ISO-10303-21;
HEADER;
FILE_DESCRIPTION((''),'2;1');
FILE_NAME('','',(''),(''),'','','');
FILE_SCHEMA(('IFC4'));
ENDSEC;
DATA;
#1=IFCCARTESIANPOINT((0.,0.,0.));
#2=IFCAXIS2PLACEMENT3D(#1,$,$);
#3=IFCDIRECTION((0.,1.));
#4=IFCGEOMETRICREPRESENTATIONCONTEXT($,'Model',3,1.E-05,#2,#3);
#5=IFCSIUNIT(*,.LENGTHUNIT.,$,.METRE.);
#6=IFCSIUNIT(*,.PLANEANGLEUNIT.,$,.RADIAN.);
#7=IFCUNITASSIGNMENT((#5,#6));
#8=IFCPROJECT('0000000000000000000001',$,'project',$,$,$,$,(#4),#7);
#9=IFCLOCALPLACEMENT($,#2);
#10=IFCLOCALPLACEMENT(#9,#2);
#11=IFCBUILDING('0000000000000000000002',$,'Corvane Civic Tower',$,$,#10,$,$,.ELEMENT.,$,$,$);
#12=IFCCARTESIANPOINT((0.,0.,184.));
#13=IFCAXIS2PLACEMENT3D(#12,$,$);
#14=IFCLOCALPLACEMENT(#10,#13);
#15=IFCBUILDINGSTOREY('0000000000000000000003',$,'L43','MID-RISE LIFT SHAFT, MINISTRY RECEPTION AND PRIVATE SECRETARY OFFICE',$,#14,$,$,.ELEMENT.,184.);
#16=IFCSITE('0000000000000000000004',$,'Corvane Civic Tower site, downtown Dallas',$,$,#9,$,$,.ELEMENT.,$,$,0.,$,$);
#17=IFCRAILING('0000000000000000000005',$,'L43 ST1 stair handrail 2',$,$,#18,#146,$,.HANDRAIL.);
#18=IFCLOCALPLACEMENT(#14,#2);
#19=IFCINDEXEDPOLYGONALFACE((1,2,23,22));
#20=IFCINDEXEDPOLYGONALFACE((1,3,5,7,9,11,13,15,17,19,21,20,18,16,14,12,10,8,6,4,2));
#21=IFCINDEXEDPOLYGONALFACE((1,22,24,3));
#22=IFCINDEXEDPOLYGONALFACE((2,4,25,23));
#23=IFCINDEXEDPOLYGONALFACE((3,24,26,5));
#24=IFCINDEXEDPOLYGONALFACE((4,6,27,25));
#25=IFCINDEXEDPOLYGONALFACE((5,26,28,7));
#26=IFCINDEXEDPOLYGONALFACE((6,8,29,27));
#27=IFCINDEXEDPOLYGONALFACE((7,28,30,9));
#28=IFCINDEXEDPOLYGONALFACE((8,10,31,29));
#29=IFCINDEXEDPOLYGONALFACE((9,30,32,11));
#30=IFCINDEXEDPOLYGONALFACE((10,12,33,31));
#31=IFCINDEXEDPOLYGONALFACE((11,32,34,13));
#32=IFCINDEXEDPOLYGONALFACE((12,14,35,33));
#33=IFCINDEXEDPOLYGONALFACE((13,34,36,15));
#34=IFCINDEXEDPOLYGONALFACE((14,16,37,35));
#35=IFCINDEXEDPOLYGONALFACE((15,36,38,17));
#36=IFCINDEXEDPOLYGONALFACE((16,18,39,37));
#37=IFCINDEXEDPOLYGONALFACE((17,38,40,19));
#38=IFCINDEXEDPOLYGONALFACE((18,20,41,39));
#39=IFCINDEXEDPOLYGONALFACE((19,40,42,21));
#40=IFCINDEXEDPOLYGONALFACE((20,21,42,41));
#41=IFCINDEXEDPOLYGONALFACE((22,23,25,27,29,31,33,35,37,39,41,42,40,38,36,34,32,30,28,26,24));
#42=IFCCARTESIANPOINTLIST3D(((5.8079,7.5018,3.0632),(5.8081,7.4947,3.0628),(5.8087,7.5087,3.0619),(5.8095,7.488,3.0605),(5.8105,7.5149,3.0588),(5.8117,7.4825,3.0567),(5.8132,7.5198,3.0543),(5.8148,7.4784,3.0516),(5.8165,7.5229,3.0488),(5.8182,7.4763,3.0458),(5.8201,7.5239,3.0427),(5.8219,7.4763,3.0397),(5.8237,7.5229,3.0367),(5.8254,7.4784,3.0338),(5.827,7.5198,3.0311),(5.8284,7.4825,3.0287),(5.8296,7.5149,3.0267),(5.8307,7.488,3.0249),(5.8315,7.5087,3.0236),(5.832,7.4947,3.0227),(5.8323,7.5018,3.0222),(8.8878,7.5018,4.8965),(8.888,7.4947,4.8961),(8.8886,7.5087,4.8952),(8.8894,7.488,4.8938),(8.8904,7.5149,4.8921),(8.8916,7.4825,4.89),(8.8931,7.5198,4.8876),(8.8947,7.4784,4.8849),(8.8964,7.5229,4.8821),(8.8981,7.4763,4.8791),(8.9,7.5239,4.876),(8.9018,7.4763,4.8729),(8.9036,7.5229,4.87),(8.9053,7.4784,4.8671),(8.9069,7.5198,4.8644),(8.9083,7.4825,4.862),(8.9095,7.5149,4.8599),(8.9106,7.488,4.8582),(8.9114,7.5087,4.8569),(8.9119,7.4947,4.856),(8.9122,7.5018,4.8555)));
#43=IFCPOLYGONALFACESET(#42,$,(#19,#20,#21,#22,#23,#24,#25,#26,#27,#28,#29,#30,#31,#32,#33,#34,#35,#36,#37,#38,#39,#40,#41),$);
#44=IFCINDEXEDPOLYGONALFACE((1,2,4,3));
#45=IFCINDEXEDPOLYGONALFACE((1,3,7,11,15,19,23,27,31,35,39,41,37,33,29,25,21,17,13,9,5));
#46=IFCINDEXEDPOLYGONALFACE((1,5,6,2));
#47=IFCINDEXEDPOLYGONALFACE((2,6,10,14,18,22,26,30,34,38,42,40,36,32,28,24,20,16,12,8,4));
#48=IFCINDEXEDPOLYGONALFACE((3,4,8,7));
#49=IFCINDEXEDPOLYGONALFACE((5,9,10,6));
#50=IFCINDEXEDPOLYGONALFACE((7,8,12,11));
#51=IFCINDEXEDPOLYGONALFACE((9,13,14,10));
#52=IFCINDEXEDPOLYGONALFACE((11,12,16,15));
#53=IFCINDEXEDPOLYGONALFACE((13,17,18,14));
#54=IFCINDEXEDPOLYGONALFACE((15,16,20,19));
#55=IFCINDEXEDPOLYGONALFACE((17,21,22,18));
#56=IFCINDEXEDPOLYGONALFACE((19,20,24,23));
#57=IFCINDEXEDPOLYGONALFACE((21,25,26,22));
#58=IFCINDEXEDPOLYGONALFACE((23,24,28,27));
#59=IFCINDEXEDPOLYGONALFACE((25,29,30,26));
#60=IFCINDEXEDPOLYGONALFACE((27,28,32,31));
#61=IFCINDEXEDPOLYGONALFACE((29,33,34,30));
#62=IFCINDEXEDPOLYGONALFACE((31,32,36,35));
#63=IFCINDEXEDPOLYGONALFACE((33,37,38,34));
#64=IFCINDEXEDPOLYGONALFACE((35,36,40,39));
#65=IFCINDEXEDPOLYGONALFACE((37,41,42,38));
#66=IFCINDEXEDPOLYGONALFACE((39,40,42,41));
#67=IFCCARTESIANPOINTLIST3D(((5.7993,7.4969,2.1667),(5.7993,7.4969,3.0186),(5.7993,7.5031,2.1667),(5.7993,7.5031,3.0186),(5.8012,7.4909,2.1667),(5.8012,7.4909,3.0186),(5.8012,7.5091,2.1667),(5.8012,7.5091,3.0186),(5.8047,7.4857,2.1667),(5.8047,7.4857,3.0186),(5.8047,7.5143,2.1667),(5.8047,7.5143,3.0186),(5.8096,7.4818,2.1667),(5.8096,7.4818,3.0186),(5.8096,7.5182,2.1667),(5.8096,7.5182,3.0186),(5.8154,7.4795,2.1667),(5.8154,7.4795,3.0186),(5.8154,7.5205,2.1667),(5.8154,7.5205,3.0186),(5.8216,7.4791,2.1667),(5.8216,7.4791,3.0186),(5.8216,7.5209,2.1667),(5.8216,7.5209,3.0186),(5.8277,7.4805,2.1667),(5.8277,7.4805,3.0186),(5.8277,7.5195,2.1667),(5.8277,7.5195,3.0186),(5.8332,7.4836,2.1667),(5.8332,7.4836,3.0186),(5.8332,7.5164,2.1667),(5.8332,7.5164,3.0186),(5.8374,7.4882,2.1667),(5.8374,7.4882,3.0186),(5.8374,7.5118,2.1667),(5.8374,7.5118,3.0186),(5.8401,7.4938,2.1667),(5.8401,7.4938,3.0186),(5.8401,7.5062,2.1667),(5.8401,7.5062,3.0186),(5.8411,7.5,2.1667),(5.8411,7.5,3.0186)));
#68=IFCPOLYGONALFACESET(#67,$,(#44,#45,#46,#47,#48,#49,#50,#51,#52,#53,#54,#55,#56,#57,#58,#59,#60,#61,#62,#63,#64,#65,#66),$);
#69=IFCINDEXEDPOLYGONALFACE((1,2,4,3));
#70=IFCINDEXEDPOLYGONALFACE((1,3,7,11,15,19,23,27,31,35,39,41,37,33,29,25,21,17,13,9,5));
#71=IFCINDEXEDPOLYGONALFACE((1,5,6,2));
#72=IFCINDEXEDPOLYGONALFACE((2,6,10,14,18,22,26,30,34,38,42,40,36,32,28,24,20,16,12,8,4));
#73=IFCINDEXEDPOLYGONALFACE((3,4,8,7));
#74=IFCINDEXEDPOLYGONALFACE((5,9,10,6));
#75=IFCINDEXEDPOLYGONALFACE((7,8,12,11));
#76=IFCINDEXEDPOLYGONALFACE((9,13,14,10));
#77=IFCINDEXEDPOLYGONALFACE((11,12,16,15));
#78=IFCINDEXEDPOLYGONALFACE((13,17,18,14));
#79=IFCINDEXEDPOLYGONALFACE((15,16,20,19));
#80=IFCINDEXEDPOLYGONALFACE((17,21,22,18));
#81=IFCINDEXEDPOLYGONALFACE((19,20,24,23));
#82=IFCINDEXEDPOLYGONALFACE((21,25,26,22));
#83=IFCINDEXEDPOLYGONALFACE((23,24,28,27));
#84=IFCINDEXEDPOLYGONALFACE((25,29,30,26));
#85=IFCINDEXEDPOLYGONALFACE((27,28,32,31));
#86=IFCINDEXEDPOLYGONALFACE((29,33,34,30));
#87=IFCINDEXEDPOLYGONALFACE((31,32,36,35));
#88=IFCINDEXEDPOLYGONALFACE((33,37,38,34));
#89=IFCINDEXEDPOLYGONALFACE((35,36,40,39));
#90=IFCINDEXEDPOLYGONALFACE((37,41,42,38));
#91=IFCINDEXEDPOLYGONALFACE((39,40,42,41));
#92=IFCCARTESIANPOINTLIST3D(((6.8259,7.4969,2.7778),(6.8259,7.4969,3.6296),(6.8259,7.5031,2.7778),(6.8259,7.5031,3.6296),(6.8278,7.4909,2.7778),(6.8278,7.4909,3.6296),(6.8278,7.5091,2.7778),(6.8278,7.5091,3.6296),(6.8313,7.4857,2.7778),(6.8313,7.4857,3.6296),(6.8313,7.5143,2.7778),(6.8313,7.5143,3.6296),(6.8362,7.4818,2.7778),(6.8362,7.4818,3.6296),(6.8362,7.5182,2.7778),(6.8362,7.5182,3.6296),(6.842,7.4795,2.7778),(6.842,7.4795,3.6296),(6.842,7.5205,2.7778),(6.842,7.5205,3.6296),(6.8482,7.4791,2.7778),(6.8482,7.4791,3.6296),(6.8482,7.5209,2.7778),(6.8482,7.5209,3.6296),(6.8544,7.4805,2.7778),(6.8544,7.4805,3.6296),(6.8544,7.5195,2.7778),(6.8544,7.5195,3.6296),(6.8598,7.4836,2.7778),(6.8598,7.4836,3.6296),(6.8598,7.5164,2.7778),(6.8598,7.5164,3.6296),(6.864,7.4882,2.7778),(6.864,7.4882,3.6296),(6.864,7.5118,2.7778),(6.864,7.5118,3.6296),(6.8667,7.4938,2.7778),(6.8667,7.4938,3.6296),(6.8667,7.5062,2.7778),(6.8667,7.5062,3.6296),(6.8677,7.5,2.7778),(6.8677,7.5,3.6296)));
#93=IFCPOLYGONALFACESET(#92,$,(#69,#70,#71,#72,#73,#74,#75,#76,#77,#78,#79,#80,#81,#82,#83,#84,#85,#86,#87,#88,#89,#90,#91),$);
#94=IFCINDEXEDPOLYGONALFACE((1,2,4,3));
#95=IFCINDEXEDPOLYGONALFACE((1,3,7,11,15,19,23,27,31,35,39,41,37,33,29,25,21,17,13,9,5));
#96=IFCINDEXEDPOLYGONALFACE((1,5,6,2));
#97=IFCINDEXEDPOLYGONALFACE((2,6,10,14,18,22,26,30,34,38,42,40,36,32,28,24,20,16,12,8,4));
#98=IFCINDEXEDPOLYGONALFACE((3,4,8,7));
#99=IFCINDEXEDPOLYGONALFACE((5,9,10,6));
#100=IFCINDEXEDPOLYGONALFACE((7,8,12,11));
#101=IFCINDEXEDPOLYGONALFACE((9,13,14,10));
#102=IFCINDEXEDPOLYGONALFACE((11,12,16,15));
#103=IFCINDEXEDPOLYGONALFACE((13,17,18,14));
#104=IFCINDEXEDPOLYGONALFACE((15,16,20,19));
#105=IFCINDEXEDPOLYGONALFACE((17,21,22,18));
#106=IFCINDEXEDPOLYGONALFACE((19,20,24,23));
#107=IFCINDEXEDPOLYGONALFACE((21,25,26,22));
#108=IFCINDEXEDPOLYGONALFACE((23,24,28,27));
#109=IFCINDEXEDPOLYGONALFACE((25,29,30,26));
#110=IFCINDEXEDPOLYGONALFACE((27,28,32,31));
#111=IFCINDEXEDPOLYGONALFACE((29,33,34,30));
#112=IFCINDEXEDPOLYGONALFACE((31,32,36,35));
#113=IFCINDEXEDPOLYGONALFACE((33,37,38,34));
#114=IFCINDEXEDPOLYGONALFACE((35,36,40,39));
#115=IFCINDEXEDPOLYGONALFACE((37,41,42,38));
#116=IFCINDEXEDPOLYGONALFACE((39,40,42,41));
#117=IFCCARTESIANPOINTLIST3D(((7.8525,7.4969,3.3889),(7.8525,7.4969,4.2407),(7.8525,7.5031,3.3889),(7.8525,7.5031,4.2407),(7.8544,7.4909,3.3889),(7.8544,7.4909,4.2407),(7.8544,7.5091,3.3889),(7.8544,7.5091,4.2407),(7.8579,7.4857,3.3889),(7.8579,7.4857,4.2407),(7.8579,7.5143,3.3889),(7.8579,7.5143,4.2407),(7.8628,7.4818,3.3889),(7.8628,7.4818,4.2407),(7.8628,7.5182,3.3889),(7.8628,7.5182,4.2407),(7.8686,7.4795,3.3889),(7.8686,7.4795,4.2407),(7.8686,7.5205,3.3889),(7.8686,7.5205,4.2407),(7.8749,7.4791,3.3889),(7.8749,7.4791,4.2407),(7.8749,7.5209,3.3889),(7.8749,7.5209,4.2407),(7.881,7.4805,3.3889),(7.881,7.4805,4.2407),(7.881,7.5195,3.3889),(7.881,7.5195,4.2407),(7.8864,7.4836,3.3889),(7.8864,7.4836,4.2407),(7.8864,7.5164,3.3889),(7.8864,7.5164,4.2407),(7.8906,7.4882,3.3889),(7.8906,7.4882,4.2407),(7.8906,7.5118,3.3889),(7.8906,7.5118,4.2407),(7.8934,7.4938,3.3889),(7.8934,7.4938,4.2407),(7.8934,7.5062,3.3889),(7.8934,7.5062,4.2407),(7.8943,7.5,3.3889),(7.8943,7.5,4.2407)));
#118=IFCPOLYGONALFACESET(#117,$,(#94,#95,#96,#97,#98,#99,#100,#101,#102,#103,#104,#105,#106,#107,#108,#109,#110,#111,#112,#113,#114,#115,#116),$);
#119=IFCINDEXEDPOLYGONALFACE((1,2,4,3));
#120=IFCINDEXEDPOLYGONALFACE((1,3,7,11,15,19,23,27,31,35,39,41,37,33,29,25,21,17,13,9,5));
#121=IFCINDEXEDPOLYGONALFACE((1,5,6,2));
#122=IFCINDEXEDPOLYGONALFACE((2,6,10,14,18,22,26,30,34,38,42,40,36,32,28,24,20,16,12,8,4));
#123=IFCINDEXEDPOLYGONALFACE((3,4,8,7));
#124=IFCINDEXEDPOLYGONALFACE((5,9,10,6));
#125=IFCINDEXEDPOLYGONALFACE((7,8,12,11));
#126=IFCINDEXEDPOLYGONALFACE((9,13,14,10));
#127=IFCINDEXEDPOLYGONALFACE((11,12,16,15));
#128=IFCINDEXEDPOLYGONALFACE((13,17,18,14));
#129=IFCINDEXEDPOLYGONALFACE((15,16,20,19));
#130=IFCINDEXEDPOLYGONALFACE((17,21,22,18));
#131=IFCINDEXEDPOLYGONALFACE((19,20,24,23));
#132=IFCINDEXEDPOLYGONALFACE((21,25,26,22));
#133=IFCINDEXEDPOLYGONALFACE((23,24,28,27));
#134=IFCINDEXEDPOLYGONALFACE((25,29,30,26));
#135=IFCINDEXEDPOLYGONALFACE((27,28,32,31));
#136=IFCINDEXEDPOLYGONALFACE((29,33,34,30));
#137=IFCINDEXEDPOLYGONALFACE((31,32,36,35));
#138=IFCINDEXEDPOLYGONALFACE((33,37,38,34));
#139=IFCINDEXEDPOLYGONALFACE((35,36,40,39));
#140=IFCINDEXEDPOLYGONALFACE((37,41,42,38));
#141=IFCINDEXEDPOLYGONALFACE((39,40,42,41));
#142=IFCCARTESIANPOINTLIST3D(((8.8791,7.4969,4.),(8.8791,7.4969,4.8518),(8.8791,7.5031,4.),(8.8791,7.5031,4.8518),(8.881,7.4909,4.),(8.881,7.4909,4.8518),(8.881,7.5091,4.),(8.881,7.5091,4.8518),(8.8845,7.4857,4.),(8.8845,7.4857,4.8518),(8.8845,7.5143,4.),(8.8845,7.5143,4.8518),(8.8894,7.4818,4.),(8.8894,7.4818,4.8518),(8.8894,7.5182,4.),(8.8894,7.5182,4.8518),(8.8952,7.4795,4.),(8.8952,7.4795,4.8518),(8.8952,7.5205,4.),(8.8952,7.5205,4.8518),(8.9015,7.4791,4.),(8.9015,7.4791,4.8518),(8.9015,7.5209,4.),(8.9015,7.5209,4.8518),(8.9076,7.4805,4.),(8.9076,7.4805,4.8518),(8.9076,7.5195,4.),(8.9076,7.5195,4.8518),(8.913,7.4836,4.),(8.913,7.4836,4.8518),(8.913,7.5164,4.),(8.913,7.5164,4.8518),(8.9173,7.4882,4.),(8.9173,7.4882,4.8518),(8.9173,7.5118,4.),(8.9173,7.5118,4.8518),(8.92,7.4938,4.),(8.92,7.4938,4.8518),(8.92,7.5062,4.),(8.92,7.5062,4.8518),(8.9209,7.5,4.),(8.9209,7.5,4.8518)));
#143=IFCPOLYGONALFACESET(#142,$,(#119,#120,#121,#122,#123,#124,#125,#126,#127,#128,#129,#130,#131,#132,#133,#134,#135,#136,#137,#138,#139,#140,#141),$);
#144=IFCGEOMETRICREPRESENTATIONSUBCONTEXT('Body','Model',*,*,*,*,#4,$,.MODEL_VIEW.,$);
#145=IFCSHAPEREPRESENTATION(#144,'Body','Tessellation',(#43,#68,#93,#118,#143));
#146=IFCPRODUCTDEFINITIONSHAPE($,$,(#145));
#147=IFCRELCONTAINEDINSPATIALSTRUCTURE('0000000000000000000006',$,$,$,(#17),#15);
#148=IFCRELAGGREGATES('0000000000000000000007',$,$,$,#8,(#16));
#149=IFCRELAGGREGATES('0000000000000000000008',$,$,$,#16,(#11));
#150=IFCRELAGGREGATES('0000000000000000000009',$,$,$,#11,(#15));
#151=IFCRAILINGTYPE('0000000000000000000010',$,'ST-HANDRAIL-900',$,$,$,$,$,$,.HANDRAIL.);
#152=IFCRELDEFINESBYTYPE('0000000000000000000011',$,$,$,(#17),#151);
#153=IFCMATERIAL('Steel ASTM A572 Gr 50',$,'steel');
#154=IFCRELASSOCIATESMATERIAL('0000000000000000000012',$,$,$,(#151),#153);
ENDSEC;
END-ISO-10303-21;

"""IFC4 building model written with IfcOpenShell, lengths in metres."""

from ifc_helpers import new_model, si_unit, direction, frame, origin, origin_2d, place, context, subcontext, project, spatial, circle, extrude, material, type_object, element, save


model = new_model("IFC4")

# Units and contexts
model_context = context("Model", 3, precision=1e-05, world=origin(), true_north=direction((0.0, 1.0)))
body_context = subcontext(model_context, "Body", "Model", "MODEL_VIEW")
ifc_project = project(units=[si_unit("LENGTHUNIT", "METRE"), si_unit("PLANEANGLEUNIT", "RADIAN")], contexts=[model_context])

# Site, building, storey
site_placement = place(None, origin())
site = spatial("IfcSite", under=ifc_project, at=site_placement, Name="Corvane Civic Tower site, downtown Dallas", CompositionType="ELEMENT", RefElevation=0.0)
building_placement = place(site_placement, origin())
building = spatial("IfcBuilding", under=site, at=building_placement, Name="Corvane Civic Tower", CompositionType="ELEMENT")
storey_placement = place(building_placement, frame((0.0, 0.0, 184.0)))
storey = spatial("IfcBuildingStorey", under=building, at=storey_placement, Name="L43", Description="MID-RISE LIFT SHAFT, MINISTRY RECEPTION AND PRIVATE SECRETARY OFFICE", CompositionType="ELEMENT", Elevation=184.0)

# Railing
ifc_material_1 = material(Name="Steel ASTM A572 Gr 50", Category="steel")
railing_type = type_object("IfcRailingType", Name="ST-HANDRAIL-900", PredefinedType="HANDRAIL", material=ifc_material_1)
railing_1_placement = place(storey_placement, frame((5.8201, 7.5, 2.1667)))
element("IfcRailing", 1, at=railing_1_placement, inside=storey, type_object=railing_type, Name="L43 ST1 stair handrail 2", PredefinedType="HANDRAIL", context=body_context, shape_type="SweptSolid", body=[
    extrude(circle(Radius=0.0239, at=origin_2d()), frame((0.0, 0.0, 0.876), z_axis=(0.859291, 0.0, 0.511487), x_axis=(0.0, 1.0, 0.0)), (0.0, 0.0, 1.0), 3.5842),
    extrude(circle(Radius=0.021, at=origin_2d()), origin(), (0.0, 0.0, 1.0), 0.8518),
    extrude(circle(Radius=0.021, at=origin_2d()), frame((1.0266, 0.0, 0.6111)), (0.0, 0.0, 1.0), 0.8518),
    extrude(circle(Radius=0.021, at=origin_2d()), frame((2.0532, 0.0, 1.2222)), (0.0, 0.0, 1.0), 0.8518),
    extrude(circle(Radius=0.021, at=origin_2d()), frame((3.0798, 0.0, 1.8333)), (0.0, 0.0, 1.0), 0.8518),
])

save(model, "model.ifc")
